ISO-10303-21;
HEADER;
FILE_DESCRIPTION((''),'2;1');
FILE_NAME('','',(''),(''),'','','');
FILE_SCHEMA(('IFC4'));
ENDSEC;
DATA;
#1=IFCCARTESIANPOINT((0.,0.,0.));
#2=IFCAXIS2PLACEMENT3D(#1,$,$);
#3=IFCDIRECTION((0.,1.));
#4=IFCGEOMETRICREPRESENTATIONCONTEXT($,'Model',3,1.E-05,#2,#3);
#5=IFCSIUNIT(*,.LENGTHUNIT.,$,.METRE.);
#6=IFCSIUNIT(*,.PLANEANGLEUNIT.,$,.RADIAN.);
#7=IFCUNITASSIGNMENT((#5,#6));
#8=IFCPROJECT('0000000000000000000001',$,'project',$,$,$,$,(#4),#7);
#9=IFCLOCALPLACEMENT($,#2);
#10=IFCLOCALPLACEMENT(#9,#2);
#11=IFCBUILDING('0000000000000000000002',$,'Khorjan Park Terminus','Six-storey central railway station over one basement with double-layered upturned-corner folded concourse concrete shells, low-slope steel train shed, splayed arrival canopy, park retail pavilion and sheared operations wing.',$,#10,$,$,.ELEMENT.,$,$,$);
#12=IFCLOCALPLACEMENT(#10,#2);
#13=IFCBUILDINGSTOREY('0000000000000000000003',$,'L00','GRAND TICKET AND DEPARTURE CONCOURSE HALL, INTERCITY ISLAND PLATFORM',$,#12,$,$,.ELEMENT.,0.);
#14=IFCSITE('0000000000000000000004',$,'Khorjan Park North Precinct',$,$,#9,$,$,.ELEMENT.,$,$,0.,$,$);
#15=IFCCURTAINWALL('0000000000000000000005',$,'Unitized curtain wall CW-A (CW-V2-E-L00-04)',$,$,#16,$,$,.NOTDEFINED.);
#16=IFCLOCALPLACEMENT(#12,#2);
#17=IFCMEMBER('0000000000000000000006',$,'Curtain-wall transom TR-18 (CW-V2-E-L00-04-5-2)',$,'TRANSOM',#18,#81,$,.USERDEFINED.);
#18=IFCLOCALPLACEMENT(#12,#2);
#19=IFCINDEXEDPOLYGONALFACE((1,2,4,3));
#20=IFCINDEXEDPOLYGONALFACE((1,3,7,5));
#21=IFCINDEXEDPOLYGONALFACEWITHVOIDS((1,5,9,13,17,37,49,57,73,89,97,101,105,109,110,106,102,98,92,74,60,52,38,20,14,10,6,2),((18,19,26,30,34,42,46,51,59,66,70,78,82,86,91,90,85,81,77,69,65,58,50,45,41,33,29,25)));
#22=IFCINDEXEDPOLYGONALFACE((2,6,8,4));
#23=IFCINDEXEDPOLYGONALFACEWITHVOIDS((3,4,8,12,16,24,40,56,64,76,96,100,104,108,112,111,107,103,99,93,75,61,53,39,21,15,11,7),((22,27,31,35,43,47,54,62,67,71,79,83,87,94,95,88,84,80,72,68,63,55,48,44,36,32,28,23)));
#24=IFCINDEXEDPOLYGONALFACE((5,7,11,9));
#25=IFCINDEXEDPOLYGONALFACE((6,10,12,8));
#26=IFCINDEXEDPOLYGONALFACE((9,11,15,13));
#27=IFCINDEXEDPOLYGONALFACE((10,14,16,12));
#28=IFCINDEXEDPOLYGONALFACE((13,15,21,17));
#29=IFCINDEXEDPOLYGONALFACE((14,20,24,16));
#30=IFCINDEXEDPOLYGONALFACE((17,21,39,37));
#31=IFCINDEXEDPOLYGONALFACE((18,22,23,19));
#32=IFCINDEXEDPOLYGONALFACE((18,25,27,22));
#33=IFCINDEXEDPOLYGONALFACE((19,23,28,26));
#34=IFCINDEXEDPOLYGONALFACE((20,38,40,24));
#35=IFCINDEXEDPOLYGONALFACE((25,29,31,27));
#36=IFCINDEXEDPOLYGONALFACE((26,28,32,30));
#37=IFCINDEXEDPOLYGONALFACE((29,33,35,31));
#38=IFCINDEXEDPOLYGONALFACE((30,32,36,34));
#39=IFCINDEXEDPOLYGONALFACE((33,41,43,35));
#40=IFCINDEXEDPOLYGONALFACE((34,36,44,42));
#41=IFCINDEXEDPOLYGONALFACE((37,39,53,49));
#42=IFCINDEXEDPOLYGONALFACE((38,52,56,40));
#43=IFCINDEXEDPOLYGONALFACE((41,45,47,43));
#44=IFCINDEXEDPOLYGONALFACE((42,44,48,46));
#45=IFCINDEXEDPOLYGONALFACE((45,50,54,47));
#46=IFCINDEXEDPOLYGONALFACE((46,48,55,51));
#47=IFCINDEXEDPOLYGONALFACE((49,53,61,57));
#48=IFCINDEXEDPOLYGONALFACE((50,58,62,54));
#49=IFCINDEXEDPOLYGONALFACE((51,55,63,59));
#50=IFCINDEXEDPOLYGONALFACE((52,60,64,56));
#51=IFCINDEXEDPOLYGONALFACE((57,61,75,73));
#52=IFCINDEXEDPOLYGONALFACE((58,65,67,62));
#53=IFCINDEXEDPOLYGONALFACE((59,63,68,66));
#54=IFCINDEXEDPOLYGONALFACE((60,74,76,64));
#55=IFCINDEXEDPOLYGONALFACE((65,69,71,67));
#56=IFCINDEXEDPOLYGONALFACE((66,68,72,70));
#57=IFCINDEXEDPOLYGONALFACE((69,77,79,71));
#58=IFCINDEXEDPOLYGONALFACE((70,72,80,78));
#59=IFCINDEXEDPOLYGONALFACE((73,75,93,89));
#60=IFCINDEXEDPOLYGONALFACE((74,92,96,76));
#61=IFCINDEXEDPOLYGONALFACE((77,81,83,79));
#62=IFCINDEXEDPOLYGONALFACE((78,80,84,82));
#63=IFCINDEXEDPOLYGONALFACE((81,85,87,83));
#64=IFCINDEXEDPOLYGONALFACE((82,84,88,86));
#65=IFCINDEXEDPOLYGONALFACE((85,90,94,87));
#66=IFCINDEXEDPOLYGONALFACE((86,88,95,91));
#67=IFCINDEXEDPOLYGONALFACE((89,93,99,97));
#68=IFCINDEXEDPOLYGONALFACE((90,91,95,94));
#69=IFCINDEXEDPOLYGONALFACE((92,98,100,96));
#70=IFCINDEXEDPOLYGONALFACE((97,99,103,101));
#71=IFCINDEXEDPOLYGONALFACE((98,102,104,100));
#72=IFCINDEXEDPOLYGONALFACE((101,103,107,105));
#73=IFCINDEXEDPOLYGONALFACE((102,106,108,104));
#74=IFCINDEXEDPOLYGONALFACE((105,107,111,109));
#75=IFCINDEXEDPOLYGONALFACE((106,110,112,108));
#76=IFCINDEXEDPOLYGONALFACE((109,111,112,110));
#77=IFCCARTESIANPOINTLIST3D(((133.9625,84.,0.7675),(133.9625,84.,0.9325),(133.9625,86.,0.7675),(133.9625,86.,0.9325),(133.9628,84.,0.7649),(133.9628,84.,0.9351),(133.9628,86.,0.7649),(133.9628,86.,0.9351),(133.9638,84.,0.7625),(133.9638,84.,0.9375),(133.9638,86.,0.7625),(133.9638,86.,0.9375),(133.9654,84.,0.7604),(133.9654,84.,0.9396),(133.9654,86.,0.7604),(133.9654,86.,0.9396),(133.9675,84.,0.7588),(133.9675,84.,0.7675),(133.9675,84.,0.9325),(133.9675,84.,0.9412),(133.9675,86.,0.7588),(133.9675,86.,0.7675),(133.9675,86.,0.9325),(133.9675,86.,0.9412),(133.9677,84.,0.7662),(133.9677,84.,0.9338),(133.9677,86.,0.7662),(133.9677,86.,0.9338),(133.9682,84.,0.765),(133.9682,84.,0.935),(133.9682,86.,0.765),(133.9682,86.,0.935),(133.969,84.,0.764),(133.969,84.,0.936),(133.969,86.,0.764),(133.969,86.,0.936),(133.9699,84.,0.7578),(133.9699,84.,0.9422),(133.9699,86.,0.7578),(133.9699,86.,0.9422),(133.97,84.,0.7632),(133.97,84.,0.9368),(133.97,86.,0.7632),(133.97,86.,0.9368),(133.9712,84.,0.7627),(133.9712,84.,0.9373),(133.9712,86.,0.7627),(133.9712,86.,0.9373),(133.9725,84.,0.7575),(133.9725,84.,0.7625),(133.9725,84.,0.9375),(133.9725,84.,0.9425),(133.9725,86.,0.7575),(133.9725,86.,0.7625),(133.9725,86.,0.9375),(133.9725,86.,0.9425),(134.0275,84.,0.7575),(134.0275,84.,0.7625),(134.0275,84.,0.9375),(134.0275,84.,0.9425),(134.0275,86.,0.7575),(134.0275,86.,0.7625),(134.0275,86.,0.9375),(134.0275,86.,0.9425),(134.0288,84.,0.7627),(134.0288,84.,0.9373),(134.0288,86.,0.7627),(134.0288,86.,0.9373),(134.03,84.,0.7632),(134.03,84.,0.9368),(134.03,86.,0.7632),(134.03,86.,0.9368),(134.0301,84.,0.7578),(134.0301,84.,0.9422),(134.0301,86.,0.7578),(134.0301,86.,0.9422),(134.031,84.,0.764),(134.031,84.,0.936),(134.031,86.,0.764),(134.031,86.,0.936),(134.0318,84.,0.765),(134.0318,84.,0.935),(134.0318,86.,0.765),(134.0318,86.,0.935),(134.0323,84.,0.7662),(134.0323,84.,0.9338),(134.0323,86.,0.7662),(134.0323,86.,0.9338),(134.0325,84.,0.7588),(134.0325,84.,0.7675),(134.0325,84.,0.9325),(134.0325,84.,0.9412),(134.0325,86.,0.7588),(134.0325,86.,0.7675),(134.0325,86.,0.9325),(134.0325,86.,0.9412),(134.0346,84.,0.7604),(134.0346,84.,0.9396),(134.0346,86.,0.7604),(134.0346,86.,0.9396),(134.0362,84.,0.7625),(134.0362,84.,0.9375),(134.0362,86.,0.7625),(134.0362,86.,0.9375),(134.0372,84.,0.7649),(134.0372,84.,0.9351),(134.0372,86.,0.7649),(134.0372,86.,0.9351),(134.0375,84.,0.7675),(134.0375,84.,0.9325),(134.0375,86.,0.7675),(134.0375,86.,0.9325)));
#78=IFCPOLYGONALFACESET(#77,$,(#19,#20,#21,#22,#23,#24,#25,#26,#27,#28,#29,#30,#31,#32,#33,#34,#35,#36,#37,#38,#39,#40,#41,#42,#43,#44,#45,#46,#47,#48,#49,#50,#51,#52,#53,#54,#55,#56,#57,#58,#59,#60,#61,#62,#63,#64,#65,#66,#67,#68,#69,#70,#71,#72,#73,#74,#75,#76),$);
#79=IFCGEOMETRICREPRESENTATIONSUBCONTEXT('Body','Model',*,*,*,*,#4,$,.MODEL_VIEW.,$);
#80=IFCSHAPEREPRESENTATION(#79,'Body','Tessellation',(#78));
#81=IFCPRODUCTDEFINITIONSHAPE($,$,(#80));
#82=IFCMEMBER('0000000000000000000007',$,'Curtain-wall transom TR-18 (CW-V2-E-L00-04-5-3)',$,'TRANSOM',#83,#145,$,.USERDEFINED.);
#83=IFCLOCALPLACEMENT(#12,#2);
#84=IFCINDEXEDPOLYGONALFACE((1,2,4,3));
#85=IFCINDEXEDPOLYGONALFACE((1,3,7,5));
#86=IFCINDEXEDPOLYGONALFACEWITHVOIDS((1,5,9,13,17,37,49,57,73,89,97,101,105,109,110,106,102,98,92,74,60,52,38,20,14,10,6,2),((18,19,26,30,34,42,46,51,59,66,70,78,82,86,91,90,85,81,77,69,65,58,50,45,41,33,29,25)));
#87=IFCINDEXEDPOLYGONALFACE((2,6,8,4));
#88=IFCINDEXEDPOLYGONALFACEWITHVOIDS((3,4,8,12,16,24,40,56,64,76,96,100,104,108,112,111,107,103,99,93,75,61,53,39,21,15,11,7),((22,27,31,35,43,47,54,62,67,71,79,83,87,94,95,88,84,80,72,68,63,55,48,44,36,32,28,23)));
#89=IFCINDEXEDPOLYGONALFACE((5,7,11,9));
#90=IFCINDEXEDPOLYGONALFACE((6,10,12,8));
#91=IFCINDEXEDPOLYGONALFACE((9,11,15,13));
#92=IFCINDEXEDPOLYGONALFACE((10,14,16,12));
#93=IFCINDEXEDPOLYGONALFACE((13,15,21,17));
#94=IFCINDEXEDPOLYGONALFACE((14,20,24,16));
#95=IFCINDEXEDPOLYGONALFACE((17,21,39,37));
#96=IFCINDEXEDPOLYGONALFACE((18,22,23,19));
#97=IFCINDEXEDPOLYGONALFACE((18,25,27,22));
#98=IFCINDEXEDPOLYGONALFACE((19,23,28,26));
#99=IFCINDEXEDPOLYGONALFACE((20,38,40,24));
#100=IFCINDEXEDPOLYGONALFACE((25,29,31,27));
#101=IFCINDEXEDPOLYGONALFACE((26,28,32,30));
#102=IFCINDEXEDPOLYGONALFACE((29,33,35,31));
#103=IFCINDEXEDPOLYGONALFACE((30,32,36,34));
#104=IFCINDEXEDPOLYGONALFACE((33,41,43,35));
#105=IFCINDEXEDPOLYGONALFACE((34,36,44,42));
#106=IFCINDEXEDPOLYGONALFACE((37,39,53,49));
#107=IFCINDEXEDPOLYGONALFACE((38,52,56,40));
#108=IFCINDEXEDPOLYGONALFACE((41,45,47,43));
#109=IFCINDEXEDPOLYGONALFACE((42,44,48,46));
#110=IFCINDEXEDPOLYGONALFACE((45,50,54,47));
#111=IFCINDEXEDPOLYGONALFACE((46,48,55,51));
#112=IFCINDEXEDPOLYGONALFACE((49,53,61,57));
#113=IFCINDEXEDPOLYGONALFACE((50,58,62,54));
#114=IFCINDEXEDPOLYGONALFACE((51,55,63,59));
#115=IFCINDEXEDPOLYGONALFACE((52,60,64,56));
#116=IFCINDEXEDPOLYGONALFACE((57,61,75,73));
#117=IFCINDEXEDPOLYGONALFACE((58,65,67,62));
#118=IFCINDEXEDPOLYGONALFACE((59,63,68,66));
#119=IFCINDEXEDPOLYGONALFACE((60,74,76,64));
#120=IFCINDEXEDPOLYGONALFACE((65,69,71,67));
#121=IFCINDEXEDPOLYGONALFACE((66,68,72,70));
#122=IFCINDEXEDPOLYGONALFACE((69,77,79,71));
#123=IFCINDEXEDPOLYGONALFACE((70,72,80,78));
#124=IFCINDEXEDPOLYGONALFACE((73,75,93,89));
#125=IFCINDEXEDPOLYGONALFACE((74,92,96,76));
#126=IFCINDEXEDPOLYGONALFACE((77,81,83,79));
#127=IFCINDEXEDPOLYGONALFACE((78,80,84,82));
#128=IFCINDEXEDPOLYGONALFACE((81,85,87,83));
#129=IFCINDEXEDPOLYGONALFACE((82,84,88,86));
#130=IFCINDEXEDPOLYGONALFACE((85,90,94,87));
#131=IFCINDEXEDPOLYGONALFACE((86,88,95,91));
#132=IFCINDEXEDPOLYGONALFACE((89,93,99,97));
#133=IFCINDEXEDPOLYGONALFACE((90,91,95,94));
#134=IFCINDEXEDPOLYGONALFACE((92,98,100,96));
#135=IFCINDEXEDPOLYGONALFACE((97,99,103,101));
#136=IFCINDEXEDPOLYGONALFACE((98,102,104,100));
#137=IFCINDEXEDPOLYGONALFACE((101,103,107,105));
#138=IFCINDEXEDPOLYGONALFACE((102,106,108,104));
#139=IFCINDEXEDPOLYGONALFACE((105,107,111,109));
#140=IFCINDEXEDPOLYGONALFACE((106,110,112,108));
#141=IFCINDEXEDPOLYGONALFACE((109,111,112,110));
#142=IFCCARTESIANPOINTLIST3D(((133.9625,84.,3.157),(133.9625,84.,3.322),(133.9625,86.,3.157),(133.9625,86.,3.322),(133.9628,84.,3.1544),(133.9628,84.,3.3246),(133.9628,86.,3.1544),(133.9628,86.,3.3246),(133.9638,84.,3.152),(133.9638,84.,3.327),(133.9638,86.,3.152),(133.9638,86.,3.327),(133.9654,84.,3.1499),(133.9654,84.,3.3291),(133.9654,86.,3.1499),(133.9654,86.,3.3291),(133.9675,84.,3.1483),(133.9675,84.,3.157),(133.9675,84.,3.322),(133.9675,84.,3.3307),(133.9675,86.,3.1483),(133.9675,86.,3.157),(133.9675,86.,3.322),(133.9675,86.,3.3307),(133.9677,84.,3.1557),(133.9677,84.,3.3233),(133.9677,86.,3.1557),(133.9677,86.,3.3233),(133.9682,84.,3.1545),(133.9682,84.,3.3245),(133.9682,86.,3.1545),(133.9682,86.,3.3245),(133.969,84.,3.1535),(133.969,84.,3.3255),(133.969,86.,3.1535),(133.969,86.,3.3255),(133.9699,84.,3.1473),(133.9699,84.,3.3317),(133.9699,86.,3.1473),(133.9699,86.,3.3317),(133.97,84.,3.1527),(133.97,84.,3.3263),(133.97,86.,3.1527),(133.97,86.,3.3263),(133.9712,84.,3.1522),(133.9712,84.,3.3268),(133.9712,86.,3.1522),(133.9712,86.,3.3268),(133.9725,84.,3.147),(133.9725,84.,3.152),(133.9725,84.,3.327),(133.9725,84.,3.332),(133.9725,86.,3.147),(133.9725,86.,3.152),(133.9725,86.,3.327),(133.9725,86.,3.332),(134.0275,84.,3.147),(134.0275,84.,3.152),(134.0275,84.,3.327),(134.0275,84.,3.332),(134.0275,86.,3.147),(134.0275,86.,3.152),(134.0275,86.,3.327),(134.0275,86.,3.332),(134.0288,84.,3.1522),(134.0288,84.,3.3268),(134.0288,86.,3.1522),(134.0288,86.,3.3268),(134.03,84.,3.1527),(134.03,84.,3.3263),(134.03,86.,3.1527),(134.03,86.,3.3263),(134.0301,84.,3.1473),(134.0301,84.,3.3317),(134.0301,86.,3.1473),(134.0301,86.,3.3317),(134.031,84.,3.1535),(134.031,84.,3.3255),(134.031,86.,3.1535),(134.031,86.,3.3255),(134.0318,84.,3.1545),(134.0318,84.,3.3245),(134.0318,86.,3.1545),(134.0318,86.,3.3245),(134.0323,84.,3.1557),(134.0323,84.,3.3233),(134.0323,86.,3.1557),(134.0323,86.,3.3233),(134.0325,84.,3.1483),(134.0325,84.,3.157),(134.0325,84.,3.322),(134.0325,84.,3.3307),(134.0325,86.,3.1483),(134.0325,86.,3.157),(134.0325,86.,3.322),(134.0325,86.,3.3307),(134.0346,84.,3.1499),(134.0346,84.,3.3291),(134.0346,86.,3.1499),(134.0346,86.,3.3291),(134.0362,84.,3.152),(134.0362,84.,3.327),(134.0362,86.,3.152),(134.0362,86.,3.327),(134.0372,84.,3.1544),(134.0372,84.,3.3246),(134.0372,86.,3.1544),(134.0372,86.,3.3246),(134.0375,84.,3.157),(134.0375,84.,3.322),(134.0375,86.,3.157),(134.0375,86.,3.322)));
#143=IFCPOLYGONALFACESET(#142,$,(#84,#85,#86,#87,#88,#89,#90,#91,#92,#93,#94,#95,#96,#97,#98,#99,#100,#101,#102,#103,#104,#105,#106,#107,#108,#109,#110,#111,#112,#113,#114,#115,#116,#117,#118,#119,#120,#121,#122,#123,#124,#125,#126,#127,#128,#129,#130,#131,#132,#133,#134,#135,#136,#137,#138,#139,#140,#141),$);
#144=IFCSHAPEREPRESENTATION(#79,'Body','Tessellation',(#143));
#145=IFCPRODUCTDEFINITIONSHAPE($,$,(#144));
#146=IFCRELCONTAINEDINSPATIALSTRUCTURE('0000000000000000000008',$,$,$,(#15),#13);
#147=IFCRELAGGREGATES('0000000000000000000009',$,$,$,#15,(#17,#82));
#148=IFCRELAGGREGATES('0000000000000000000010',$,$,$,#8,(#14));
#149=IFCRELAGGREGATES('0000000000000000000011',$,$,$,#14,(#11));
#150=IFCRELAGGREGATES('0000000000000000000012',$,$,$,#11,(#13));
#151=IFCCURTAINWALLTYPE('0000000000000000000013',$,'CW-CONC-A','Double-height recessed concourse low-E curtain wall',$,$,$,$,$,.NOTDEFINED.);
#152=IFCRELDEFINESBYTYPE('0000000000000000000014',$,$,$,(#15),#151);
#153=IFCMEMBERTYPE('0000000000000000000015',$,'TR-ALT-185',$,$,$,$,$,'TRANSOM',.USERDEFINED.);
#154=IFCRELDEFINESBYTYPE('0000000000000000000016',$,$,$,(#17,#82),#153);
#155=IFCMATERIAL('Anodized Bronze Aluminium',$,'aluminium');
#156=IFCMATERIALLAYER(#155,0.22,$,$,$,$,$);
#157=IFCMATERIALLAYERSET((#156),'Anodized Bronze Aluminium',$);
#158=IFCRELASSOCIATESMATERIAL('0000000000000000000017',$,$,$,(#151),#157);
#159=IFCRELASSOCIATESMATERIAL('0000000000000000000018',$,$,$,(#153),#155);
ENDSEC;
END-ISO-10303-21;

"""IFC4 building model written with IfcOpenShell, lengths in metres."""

from ifc_helpers import new_model, si_unit, direction, frame, origin, origin_2d, place, context, subcontext, project, spatial, hollow_rectangle, extrude, material, layer, layer_set, material_profile, profile_set, type_object, element, aggregate, save


model = new_model("IFC4")

# Units and contexts
model_context = context("Model", 3, precision=1e-05, world=origin(), true_north=direction((0.0, 1.0)))
body_context = subcontext(model_context, "Body", "Model", "MODEL_VIEW")
ifc_project = project(units=[si_unit("LENGTHUNIT", "METRE"), si_unit("PLANEANGLEUNIT", "RADIAN")], contexts=[model_context])

# Site, building, storey
site_placement = place(None, origin())
site = spatial("IfcSite", under=ifc_project, at=site_placement, Name="Khorjan Park North Precinct", CompositionType="ELEMENT", RefElevation=0.0)
building_placement = place(site_placement, origin())
building = spatial("IfcBuilding", under=site, at=building_placement, Name="Khorjan Park Terminus", Description="Six-storey central railway station over one basement with double-layered upturned-corner folded concourse concrete shells, low-slope steel train shed, splayed arrival canopy, park retail pavilion and sheared operations wing.", CompositionType="ELEMENT")
storey_placement = place(building_placement, origin())
storey = spatial("IfcBuildingStorey", under=building, at=storey_placement, Name="L00", Description="GRAND TICKET AND DEPARTURE CONCOURSE HALL, INTERCITY ISLAND PLATFORM", CompositionType="ELEMENT", Elevation=0.0)

# Curtain wall, members
ifc_material_1 = material(Name="Anodized Bronze Aluminium", Category="aluminium")
ifc_layer_1 = layer(ifc_material_1, 0.22)
ifc_layer_set_1 = layer_set([ifc_layer_1], Name="Anodized Bronze Aluminium")
curtain_wall_type = type_object("IfcCurtainWallType", Name="CW-CONC-A", Description="Double-height recessed concourse low-E curtain wall", PredefinedType="NOTDEFINED", material=ifc_layer_set_1)
curtain_wall_placement = place(storey_placement, origin())
curtain_wall = element("IfcCurtainWall", 1, at=curtain_wall_placement, inside=storey, type_object=curtain_wall_type, Name="Unitized curtain wall CW-A (CW-V2-E-L00-04)", PredefinedType="NOTDEFINED")
ifc_material_profile_1 = material_profile(ifc_material_1, hollow_rectangle(XDim=0.075, YDim=0.185, WallThickness=0.005, InnerFilletRadius=0.005, OuterFilletRadius=0.01, at=origin_2d()), Name="ALT 75x185x5")
ifc_profile_set_1 = profile_set([ifc_material_profile_1], Name="Anodized Bronze Aluminium")
member_type_1 = type_object("IfcMemberType", Name="TR-ALT-185", ElementType="TRANSOM", PredefinedType="USERDEFINED", material=ifc_profile_set_1)
member_1_placement = place(storey_placement, frame((134.0, 84.0, 0.85), z_axis=(0.0, 1.0, 0.0), x_axis=(-1.0, 0.0, 0.0)))
member_1 = element("IfcMember", 2, at=member_1_placement, type_object=member_type_1, Name="Curtain-wall transom TR-18 (CW-V2-E-L00-04-5-2)", ObjectType="TRANSOM", PredefinedType="USERDEFINED", context=body_context, shape_type="SweptSolid", body=[
    extrude(hollow_rectangle(XDim=0.075, YDim=0.185, WallThickness=0.005, InnerFilletRadius=0.005, OuterFilletRadius=0.01, at=origin_2d()), origin(), (0.0, 0.0, 1.0), 2.0),
])
member_2_placement = place(storey_placement, frame((134.0, 84.0, 3.2395), z_axis=(0.0, 1.0, 0.0), x_axis=(-1.0, 0.0, 0.0)))
member_2 = element("IfcMember", 3, at=member_2_placement, type_object=member_type_1, Name="Curtain-wall transom TR-18 (CW-V2-E-L00-04-5-3)", ObjectType="TRANSOM", PredefinedType="USERDEFINED", context=body_context, shape_type="SweptSolid", body=[
    extrude(hollow_rectangle(XDim=0.075, YDim=0.185, WallThickness=0.005, InnerFilletRadius=0.005, OuterFilletRadius=0.01, at=origin_2d()), origin(), (0.0, 0.0, 1.0), 2.0),
])
aggregate(curtain_wall, [member_1, member_2])

save(model, "model.ifc")
